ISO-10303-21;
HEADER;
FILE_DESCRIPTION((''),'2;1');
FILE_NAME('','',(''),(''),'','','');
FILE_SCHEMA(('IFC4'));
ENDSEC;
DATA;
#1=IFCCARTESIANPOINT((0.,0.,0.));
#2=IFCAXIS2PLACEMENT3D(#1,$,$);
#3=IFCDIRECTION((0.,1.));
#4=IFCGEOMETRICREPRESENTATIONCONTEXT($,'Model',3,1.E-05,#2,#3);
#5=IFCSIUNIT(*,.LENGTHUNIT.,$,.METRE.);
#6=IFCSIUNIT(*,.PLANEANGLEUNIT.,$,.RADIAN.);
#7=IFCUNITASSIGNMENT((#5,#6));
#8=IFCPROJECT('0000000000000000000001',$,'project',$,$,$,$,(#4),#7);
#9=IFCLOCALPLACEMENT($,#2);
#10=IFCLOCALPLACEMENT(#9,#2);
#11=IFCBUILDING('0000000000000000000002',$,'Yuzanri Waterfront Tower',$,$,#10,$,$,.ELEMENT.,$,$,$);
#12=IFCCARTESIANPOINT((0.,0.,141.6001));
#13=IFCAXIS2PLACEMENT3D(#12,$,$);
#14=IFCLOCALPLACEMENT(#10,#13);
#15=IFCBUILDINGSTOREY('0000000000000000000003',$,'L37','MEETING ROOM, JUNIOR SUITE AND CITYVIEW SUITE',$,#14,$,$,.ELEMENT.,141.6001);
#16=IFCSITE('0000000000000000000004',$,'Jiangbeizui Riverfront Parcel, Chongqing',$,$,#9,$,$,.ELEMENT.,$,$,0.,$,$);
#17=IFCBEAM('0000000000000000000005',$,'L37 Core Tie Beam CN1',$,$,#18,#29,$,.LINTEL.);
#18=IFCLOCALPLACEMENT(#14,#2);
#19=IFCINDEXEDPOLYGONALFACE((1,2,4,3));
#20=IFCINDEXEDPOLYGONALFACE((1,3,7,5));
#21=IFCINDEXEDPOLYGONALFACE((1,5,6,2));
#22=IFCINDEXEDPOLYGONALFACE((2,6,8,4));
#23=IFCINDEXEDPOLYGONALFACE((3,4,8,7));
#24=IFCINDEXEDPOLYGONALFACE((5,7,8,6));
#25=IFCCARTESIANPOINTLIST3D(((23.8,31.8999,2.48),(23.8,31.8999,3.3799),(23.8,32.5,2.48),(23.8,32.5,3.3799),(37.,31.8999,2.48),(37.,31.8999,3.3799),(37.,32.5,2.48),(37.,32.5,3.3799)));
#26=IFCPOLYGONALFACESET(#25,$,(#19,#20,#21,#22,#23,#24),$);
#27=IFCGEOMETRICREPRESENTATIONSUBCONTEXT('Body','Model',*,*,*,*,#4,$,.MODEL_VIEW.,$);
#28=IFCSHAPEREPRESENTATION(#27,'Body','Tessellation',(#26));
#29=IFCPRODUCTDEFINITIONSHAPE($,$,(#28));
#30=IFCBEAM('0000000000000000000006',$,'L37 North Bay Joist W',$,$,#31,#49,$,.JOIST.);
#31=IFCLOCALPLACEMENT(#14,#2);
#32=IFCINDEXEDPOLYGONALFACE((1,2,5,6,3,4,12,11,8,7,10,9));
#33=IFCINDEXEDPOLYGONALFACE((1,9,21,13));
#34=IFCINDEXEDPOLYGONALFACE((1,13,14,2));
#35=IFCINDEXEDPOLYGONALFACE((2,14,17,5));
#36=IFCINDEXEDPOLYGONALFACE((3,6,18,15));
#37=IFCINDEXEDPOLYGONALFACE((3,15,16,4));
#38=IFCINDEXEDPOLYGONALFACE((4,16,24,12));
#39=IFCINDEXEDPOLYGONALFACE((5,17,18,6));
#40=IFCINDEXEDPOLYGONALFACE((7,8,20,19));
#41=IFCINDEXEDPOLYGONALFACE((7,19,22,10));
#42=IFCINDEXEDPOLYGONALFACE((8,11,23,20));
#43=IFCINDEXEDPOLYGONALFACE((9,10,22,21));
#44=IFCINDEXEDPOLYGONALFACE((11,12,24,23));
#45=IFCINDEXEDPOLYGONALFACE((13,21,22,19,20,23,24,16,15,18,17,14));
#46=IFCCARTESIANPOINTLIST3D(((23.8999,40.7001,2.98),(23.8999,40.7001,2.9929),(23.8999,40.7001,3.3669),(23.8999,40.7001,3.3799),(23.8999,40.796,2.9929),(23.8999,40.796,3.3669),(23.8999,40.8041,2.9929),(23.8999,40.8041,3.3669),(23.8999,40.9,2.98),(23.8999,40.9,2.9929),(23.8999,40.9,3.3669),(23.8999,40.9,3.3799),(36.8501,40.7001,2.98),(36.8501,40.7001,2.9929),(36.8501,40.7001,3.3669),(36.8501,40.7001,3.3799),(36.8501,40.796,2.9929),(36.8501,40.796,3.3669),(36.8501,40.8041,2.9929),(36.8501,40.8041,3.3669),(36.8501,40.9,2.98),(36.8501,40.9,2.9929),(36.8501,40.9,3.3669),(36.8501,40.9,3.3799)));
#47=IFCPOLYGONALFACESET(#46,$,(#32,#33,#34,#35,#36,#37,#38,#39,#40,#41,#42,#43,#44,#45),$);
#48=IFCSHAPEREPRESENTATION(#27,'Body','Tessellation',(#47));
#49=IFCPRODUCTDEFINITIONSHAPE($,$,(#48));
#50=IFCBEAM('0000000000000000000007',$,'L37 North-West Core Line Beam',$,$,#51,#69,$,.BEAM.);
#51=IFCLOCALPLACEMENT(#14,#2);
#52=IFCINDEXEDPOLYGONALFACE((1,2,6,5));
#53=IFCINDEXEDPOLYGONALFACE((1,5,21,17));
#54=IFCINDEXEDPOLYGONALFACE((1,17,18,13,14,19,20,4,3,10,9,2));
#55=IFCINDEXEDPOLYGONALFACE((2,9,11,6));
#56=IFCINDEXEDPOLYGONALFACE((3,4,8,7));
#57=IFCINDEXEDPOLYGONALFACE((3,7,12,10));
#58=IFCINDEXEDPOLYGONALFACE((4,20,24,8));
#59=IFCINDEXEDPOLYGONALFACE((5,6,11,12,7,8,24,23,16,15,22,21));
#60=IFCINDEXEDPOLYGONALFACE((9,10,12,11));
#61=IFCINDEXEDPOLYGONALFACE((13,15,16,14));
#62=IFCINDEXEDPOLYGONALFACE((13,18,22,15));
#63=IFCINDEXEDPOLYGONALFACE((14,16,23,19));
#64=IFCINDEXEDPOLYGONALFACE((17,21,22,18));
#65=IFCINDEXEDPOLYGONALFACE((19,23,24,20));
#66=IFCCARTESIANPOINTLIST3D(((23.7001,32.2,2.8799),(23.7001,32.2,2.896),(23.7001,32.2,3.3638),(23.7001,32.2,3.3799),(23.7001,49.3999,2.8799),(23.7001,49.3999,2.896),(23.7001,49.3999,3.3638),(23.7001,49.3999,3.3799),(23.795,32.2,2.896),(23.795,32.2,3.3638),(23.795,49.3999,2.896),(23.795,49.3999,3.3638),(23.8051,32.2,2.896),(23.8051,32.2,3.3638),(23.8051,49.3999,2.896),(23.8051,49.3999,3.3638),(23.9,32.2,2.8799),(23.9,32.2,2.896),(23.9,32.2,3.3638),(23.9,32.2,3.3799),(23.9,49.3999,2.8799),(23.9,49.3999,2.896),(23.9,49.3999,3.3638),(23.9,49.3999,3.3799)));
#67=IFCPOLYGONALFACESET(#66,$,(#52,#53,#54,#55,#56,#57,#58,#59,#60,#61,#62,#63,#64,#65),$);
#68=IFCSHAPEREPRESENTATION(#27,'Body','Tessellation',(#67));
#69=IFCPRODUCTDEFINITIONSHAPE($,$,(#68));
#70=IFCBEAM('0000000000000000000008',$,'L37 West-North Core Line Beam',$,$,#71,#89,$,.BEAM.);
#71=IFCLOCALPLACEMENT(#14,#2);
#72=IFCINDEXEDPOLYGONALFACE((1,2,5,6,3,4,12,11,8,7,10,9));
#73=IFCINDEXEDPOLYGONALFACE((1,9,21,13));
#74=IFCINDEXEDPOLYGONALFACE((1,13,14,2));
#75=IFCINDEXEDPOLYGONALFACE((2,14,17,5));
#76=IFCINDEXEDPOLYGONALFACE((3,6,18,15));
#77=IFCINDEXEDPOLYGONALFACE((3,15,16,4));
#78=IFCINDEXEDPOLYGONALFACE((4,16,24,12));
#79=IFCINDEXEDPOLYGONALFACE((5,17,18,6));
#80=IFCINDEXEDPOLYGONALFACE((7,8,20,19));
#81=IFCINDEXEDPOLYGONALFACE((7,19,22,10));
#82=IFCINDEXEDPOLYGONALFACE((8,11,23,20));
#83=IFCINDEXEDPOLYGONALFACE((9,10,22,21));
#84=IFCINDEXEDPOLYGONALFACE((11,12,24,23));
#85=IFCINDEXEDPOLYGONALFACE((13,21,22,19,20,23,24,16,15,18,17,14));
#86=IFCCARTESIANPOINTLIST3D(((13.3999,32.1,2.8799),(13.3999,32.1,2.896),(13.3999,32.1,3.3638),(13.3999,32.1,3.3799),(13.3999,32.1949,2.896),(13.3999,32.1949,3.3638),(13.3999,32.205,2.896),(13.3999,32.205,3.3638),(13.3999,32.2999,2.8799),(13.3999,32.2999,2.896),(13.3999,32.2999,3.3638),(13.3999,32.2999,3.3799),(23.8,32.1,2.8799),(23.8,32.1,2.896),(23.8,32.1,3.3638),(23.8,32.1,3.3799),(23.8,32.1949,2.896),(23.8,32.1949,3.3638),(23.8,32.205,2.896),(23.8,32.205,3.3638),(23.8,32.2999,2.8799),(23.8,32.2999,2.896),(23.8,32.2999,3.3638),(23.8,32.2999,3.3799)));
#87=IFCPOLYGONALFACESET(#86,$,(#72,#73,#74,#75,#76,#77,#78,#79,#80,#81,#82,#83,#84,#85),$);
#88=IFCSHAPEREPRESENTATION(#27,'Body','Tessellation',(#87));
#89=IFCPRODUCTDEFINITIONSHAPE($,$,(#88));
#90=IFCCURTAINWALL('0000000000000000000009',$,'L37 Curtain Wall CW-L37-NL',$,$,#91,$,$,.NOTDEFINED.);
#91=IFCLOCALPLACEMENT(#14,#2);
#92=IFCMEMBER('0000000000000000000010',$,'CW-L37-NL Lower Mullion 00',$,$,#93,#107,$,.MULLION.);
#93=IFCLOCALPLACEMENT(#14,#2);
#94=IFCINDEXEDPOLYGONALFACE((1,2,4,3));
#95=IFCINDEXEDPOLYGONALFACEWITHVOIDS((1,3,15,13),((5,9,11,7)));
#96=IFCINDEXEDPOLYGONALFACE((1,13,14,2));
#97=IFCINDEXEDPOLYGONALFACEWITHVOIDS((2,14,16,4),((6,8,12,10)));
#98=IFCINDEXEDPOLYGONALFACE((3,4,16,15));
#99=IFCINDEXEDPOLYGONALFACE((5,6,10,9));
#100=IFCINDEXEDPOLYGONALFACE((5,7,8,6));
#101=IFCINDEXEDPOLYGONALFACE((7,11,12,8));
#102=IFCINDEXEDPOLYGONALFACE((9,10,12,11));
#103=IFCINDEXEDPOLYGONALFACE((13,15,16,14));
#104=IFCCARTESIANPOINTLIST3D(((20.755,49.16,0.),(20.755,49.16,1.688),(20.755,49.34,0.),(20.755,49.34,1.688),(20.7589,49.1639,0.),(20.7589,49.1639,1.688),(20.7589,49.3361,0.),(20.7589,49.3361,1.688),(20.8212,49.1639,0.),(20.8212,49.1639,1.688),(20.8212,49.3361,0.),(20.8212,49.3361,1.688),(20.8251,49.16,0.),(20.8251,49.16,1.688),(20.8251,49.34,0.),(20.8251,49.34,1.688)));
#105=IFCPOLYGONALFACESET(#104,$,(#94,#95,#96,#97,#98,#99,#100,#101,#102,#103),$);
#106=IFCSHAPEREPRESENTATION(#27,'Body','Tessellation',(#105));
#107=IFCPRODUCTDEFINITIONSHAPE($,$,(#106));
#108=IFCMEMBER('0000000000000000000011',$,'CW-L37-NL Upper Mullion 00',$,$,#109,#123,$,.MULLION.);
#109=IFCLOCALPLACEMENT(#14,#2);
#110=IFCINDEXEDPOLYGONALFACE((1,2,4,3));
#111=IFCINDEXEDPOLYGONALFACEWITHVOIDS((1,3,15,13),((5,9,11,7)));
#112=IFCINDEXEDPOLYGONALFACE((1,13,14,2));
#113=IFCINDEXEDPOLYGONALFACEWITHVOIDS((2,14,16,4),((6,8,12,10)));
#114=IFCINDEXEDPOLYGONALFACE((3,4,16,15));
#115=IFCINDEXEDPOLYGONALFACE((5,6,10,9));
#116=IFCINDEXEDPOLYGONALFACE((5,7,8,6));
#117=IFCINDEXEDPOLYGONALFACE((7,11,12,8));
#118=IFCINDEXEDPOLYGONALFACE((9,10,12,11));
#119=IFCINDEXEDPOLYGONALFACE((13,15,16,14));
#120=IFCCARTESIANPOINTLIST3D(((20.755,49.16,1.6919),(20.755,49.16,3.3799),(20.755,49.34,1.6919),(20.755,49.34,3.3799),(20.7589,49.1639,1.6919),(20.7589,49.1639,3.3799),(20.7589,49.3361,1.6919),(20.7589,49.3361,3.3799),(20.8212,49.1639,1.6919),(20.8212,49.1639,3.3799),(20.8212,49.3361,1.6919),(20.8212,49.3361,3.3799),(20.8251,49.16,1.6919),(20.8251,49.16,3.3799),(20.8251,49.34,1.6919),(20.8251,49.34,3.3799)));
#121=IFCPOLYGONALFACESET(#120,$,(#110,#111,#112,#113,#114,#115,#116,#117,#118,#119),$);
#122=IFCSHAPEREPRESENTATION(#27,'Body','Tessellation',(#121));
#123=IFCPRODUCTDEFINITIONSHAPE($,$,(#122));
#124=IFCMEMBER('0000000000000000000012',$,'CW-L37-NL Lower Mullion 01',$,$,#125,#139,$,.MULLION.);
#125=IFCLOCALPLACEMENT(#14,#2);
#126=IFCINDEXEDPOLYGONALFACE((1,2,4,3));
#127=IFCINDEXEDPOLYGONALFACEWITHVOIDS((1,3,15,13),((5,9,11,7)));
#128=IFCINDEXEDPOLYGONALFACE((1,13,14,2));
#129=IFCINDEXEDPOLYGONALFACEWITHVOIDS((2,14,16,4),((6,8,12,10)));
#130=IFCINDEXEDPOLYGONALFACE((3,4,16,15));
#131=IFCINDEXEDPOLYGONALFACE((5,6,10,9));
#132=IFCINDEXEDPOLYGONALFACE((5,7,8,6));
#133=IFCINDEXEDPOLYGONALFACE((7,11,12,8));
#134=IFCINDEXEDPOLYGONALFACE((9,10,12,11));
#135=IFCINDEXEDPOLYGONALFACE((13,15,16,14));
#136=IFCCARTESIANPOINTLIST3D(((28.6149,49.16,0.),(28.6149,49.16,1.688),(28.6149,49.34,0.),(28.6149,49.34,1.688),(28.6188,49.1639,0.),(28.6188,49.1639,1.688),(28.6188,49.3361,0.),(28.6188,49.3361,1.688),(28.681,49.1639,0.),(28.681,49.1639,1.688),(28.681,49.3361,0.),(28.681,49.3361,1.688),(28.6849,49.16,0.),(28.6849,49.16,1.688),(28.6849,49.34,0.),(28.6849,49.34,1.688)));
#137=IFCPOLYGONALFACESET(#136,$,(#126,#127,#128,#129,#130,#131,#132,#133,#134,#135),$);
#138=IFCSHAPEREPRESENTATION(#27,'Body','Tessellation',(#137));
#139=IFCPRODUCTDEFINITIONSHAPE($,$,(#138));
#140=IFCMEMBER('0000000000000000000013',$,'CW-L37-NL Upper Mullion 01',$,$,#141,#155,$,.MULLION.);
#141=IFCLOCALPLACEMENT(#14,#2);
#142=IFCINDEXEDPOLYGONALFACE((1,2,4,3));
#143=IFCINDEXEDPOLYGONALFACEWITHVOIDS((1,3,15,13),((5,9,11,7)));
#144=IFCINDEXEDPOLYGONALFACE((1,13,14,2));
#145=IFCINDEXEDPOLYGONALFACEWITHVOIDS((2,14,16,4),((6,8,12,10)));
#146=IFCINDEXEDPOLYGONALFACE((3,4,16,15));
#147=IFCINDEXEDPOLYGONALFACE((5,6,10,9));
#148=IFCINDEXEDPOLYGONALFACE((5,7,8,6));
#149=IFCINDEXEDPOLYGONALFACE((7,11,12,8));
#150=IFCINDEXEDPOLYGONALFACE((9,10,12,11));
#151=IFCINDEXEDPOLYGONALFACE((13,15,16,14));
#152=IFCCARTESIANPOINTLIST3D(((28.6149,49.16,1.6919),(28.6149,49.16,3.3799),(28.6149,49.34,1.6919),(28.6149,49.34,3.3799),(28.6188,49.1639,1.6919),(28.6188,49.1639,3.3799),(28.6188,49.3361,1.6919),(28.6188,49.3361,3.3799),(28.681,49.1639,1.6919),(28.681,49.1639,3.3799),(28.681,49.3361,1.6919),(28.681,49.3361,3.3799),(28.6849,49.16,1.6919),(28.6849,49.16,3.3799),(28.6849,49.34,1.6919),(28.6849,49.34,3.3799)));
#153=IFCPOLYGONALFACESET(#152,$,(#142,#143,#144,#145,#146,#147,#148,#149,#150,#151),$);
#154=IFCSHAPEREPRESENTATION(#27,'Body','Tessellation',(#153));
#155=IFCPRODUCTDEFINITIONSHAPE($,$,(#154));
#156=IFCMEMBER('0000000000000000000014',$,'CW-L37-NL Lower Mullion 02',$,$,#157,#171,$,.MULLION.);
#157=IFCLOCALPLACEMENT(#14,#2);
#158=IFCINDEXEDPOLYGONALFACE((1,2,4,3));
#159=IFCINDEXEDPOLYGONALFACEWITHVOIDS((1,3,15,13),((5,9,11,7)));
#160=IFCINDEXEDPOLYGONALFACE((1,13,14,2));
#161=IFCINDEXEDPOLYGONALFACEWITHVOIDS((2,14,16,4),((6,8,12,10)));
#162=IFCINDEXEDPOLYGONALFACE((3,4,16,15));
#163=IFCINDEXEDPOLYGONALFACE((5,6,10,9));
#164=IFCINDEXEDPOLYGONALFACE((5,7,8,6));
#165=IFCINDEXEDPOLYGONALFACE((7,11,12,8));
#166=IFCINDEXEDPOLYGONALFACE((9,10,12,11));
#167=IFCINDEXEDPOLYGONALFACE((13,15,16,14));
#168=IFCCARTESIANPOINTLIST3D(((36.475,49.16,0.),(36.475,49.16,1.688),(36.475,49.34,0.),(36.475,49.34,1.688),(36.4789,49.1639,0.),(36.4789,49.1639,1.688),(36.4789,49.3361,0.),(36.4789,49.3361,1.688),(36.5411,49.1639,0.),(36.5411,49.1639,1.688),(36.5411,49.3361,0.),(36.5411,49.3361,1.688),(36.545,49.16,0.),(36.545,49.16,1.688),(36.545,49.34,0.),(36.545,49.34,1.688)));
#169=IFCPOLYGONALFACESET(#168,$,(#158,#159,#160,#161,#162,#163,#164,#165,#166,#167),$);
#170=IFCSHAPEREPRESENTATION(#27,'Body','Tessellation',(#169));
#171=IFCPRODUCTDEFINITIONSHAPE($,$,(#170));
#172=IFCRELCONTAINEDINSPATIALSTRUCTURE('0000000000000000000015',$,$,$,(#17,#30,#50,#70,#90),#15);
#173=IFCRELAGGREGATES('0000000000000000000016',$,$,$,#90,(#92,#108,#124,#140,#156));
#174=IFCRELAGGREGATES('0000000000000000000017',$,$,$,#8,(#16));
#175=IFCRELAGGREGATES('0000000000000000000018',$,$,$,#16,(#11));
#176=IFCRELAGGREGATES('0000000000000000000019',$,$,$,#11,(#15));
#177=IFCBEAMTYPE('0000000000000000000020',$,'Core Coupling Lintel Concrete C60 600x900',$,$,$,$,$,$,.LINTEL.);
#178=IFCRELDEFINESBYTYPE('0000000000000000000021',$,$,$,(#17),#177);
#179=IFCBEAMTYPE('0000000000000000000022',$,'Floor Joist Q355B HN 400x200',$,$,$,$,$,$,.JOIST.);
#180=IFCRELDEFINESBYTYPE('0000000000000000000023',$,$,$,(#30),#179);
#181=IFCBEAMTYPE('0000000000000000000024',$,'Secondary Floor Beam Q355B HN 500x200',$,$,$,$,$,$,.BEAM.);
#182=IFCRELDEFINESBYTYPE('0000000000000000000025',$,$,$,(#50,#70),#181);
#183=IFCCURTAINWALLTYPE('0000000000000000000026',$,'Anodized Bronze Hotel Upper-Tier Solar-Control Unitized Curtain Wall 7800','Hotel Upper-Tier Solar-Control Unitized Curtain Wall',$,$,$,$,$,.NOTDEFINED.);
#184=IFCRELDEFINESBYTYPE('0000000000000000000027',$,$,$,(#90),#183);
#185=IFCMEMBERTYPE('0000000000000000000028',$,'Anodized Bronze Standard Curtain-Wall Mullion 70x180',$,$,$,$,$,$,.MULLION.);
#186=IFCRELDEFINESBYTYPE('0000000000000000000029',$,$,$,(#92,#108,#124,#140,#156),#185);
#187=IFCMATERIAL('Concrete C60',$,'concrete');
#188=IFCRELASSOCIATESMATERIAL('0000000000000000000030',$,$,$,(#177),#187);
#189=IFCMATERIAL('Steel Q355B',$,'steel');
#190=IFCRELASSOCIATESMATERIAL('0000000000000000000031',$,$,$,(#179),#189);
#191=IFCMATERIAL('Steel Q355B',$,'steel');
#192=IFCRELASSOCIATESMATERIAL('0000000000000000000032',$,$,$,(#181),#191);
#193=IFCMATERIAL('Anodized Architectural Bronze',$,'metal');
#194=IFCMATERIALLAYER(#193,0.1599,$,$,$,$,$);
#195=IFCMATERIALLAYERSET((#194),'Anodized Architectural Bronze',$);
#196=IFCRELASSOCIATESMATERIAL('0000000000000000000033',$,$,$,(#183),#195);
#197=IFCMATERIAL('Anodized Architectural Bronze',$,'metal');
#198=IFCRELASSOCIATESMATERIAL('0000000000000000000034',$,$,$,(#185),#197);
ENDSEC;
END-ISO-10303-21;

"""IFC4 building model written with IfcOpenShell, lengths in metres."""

from ifc_helpers import new_model, si_unit, direction, frame, origin, origin_2d, place, context, subcontext, project, spatial, rectangle, hollow_rectangle, i_section, extrude, source, transform, mapped, material, layer, layer_set, material_profile, profile_set, type_object, element, aggregate, save


model = new_model("IFC4")

# Units and contexts
model_context = context("Model", 3, precision=1e-05, world=origin(), true_north=direction((0.0, 1.0)))
body_context = subcontext(model_context, "Body", "Model", "MODEL_VIEW")
ifc_project = project(units=[si_unit("LENGTHUNIT", "METRE"), si_unit("PLANEANGLEUNIT", "RADIAN")], contexts=[model_context])

# Site, building, storey
site_placement = place(None, origin())
site = spatial("IfcSite", under=ifc_project, at=site_placement, Name="Jiangbeizui Riverfront Parcel, Chongqing", CompositionType="ELEMENT", RefElevation=0.0)
building_placement = place(site_placement, origin())
building = spatial("IfcBuilding", under=site, at=building_placement, Name="Yuzanri Waterfront Tower", CompositionType="ELEMENT")
storey_placement = place(building_placement, frame((0.0, 0.0, 141.6001)))
storey = spatial("IfcBuildingStorey", under=building, at=storey_placement, Name="L37", Description="MEETING ROOM, JUNIOR SUITE AND CITYVIEW SUITE", CompositionType="ELEMENT", Elevation=141.6001)

# Beams
ifc_material_1 = material(Name="Concrete C60", Category="concrete")
ifc_material_profile_1 = material_profile(ifc_material_1, rectangle(XDim=0.6001, YDim=0.8999, at=origin_2d()), Name="RC 600x900")
ifc_profile_set_1 = profile_set([ifc_material_profile_1], Name="Concrete C60")
beam_type_1 = type_object("IfcBeamType", Name="Core Coupling Lintel Concrete C60 600x900", PredefinedType="LINTEL", material=ifc_profile_set_1)
shared_shape_1 = source(origin(), body_context, "Body", "SweptSolid", [
    extrude(rectangle(XDim=0.6001, YDim=0.8999, at=origin_2d()), origin(), (0.0, 0.0, 1.0), 13.2),
])
beam_1_placement = place(storey_placement, frame((23.8, 32.2, 2.9299), z_axis=(1.0, 0.0, 0.0), x_axis=(0.0, 1.0, 0.0)))
element("IfcBeam", 1, at=beam_1_placement, inside=storey, type_object=beam_type_1, Name="L37 Core Tie Beam CN1", PredefinedType="LINTEL", context=body_context, shape_type="MappedRepresentation", body=[
    mapped(shared_shape_1, transform((0.0, 0.0, 0.0), scale=1.0)),
])
ifc_material_2 = material(Name="Steel Q355B", Category="steel")
ifc_material_profile_2 = material_profile(ifc_material_2, i_section(OverallWidth=0.2, OverallDepth=0.3999, WebThickness=0.0081, FlangeThickness=0.0129, at=origin_2d()), Name="HN 400x200x8x13")
ifc_profile_set_2 = profile_set([ifc_material_profile_2], Name="Steel Q355B")
beam_type_2 = type_object("IfcBeamType", Name="Floor Joist Q355B HN 400x200", PredefinedType="JOIST", material=ifc_profile_set_2)
shared_shape_2 = source(origin(), body_context, "Body", "SweptSolid", [
    extrude(i_section(OverallWidth=0.2, OverallDepth=0.3999, WebThickness=0.0081, FlangeThickness=0.0129, at=origin_2d()), origin(), (0.0, 0.0, 1.0), 12.9502),
])
beam_2_placement = place(storey_placement, frame((23.8999, 40.8, 3.1799), z_axis=(1.0, 0.0, 0.0), x_axis=(0.0, 1.0, 0.0)))
element("IfcBeam", 2, at=beam_2_placement, inside=storey, type_object=beam_type_2, Name="L37 North Bay Joist W", PredefinedType="JOIST", context=body_context, shape_type="MappedRepresentation", body=[
    mapped(shared_shape_2, transform((0.0, 0.0, 0.0), scale=1.0)),
])
ifc_material_3 = material(Name="Steel Q355B", Category="steel")
ifc_material_profile_3 = material_profile(ifc_material_3, i_section(OverallWidth=0.2, OverallDepth=0.5, WebThickness=0.01, FlangeThickness=0.0161, at=origin_2d()), Name="HN 500x200x10x16")
ifc_profile_set_3 = profile_set([ifc_material_profile_3], Name="Steel Q355B")
beam_type_3 = type_object("IfcBeamType", Name="Secondary Floor Beam Q355B HN 500x200", PredefinedType="BEAM", material=ifc_profile_set_3)
shared_shape_3 = source(origin(), body_context, "Body", "SweptSolid", [
    extrude(i_section(OverallWidth=0.2, OverallDepth=0.5, WebThickness=0.01, FlangeThickness=0.0161, at=origin_2d()), origin(), (0.0, 0.0, 1.0), 17.2),
])
beam_3_placement = place(storey_placement, frame((23.8, 32.2, 3.1299), z_axis=(0.0, 1.0, 0.0), x_axis=(-1.0, 0.0, 0.0)))
element("IfcBeam", 3, at=beam_3_placement, inside=storey, type_object=beam_type_3, Name="L37 North-West Core Line Beam", PredefinedType="BEAM", context=body_context, shape_type="MappedRepresentation", body=[
    mapped(shared_shape_3, transform((0.0, 0.0, 0.0), scale=1.0)),
])
shared_shape_4 = source(origin(), body_context, "Body", "SweptSolid", [
    extrude(i_section(OverallWidth=0.2, OverallDepth=0.5, WebThickness=0.01, FlangeThickness=0.0161, at=origin_2d()), origin(), (0.0, 0.0, 1.0), 10.4001),
])
beam_4_placement = place(storey_placement, frame((23.8, 32.2, 3.1299), z_axis=(-1.0, 0.0, 0.0), x_axis=(0.0, -1.0, 0.0)))
element("IfcBeam", 4, at=beam_4_placement, inside=storey, type_object=beam_type_3, Name="L37 West-North Core Line Beam", PredefinedType="BEAM", context=body_context, shape_type="MappedRepresentation", body=[
    mapped(shared_shape_4, transform((0.0, 0.0, 0.0), scale=1.0)),
])

# Curtain wall, members
ifc_material_4 = material(Name="Anodized Architectural Bronze", Category="metal")
ifc_layer_1 = layer(ifc_material_4, 0.1599)
ifc_layer_set_1 = layer_set([ifc_layer_1], Name="Anodized Architectural Bronze")
curtain_wall_type = type_object("IfcCurtainWallType", Name="Anodized Bronze Hotel Upper-Tier Solar-Control Unitized Curtain Wall 7800", Description="Hotel Upper-Tier Solar-Control Unitized Curtain Wall", PredefinedType="NOTDEFINED", material=ifc_layer_set_1)
curtain_wall_placement = place(storey_placement, origin())
curtain_wall = element("IfcCurtainWall", 5, at=curtain_wall_placement, inside=storey, type_object=curtain_wall_type, Name="L37 Curtain Wall CW-L37-NL", PredefinedType="NOTDEFINED")
ifc_material_5 = material(Name="Anodized Architectural Bronze", Category="metal")
ifc_material_profile_4 = material_profile(ifc_material_5, hollow_rectangle(XDim=0.0701, YDim=0.1799, WallThickness=0.0039, at=origin_2d()), Name="CWM 70x180")
ifc_profile_set_4 = profile_set([ifc_material_profile_4], Name="Anodized Architectural Bronze")
member_type_1 = type_object("IfcMemberType", Name="Anodized Bronze Standard Curtain-Wall Mullion 70x180", PredefinedType="MULLION", material=ifc_profile_set_4)
shared_shape_5 = source(origin(), body_context, "Body", "SweptSolid", [
    extrude(hollow_rectangle(XDim=0.0701, YDim=0.1799, WallThickness=0.0039, at=origin_2d()), origin(), (0.0, 0.0, 1.0), 1.688),
])
member_1_placement = place(storey_placement, frame((20.79, 49.25, 0.0), z_axis=(0.0, 0.0, 1.0), x_axis=(1.0, 0.0, 0.0)))
member_1 = element("IfcMember", 6, at=member_1_placement, type_object=member_type_1, Name="CW-L37-NL Lower Mullion 00", PredefinedType="MULLION", context=body_context, shape_type="MappedRepresentation", body=[
    mapped(shared_shape_5, transform((0.0, 0.0, 0.0), scale=1.0)),
])
member_2_placement = place(storey_placement, frame((20.79, 49.25, 1.6919), z_axis=(0.0, 0.0, 1.0), x_axis=(1.0, 0.0, 0.0)))
member_2 = element("IfcMember", 7, at=member_2_placement, type_object=member_type_1, Name="CW-L37-NL Upper Mullion 00", PredefinedType="MULLION", context=body_context, shape_type="MappedRepresentation", body=[
    mapped(shared_shape_5, transform((0.0, 0.0, 0.0), scale=1.0)),
])
member_3_placement = place(storey_placement, frame((28.6499, 49.25, 0.0), z_axis=(0.0, 0.0, 1.0), x_axis=(1.0, 0.0, 0.0)))
member_3 = element("IfcMember", 8, at=member_3_placement, type_object=member_type_1, Name="CW-L37-NL Lower Mullion 01", PredefinedType="MULLION", context=body_context, shape_type="MappedRepresentation", body=[
    mapped(shared_shape_5, transform((0.0, 0.0, 0.0), scale=1.0)),
])
member_4_placement = place(storey_placement, frame((28.6499, 49.25, 1.6919), z_axis=(0.0, 0.0, 1.0), x_axis=(1.0, 0.0, 0.0)))
member_4 = element("IfcMember", 9, at=member_4_placement, type_object=member_type_1, Name="CW-L37-NL Upper Mullion 01", PredefinedType="MULLION", context=body_context, shape_type="MappedRepresentation", body=[
    mapped(shared_shape_5, transform((0.0, 0.0, 0.0), scale=1.0)),
])
member_5_placement = place(storey_placement, frame((36.51, 49.25, 0.0), z_axis=(0.0, 0.0, 1.0), x_axis=(1.0, 0.0, 0.0)))
member_5 = element("IfcMember", 10, at=member_5_placement, type_object=member_type_1, Name="CW-L37-NL Lower Mullion 02", PredefinedType="MULLION", context=body_context, shape_type="MappedRepresentation", body=[
    mapped(shared_shape_5, transform((0.0, 0.0, 0.0), scale=1.0)),
])

aggregate(curtain_wall, [member_1, member_2, member_3, member_4, member_5])

save(model, "model.ifc")
